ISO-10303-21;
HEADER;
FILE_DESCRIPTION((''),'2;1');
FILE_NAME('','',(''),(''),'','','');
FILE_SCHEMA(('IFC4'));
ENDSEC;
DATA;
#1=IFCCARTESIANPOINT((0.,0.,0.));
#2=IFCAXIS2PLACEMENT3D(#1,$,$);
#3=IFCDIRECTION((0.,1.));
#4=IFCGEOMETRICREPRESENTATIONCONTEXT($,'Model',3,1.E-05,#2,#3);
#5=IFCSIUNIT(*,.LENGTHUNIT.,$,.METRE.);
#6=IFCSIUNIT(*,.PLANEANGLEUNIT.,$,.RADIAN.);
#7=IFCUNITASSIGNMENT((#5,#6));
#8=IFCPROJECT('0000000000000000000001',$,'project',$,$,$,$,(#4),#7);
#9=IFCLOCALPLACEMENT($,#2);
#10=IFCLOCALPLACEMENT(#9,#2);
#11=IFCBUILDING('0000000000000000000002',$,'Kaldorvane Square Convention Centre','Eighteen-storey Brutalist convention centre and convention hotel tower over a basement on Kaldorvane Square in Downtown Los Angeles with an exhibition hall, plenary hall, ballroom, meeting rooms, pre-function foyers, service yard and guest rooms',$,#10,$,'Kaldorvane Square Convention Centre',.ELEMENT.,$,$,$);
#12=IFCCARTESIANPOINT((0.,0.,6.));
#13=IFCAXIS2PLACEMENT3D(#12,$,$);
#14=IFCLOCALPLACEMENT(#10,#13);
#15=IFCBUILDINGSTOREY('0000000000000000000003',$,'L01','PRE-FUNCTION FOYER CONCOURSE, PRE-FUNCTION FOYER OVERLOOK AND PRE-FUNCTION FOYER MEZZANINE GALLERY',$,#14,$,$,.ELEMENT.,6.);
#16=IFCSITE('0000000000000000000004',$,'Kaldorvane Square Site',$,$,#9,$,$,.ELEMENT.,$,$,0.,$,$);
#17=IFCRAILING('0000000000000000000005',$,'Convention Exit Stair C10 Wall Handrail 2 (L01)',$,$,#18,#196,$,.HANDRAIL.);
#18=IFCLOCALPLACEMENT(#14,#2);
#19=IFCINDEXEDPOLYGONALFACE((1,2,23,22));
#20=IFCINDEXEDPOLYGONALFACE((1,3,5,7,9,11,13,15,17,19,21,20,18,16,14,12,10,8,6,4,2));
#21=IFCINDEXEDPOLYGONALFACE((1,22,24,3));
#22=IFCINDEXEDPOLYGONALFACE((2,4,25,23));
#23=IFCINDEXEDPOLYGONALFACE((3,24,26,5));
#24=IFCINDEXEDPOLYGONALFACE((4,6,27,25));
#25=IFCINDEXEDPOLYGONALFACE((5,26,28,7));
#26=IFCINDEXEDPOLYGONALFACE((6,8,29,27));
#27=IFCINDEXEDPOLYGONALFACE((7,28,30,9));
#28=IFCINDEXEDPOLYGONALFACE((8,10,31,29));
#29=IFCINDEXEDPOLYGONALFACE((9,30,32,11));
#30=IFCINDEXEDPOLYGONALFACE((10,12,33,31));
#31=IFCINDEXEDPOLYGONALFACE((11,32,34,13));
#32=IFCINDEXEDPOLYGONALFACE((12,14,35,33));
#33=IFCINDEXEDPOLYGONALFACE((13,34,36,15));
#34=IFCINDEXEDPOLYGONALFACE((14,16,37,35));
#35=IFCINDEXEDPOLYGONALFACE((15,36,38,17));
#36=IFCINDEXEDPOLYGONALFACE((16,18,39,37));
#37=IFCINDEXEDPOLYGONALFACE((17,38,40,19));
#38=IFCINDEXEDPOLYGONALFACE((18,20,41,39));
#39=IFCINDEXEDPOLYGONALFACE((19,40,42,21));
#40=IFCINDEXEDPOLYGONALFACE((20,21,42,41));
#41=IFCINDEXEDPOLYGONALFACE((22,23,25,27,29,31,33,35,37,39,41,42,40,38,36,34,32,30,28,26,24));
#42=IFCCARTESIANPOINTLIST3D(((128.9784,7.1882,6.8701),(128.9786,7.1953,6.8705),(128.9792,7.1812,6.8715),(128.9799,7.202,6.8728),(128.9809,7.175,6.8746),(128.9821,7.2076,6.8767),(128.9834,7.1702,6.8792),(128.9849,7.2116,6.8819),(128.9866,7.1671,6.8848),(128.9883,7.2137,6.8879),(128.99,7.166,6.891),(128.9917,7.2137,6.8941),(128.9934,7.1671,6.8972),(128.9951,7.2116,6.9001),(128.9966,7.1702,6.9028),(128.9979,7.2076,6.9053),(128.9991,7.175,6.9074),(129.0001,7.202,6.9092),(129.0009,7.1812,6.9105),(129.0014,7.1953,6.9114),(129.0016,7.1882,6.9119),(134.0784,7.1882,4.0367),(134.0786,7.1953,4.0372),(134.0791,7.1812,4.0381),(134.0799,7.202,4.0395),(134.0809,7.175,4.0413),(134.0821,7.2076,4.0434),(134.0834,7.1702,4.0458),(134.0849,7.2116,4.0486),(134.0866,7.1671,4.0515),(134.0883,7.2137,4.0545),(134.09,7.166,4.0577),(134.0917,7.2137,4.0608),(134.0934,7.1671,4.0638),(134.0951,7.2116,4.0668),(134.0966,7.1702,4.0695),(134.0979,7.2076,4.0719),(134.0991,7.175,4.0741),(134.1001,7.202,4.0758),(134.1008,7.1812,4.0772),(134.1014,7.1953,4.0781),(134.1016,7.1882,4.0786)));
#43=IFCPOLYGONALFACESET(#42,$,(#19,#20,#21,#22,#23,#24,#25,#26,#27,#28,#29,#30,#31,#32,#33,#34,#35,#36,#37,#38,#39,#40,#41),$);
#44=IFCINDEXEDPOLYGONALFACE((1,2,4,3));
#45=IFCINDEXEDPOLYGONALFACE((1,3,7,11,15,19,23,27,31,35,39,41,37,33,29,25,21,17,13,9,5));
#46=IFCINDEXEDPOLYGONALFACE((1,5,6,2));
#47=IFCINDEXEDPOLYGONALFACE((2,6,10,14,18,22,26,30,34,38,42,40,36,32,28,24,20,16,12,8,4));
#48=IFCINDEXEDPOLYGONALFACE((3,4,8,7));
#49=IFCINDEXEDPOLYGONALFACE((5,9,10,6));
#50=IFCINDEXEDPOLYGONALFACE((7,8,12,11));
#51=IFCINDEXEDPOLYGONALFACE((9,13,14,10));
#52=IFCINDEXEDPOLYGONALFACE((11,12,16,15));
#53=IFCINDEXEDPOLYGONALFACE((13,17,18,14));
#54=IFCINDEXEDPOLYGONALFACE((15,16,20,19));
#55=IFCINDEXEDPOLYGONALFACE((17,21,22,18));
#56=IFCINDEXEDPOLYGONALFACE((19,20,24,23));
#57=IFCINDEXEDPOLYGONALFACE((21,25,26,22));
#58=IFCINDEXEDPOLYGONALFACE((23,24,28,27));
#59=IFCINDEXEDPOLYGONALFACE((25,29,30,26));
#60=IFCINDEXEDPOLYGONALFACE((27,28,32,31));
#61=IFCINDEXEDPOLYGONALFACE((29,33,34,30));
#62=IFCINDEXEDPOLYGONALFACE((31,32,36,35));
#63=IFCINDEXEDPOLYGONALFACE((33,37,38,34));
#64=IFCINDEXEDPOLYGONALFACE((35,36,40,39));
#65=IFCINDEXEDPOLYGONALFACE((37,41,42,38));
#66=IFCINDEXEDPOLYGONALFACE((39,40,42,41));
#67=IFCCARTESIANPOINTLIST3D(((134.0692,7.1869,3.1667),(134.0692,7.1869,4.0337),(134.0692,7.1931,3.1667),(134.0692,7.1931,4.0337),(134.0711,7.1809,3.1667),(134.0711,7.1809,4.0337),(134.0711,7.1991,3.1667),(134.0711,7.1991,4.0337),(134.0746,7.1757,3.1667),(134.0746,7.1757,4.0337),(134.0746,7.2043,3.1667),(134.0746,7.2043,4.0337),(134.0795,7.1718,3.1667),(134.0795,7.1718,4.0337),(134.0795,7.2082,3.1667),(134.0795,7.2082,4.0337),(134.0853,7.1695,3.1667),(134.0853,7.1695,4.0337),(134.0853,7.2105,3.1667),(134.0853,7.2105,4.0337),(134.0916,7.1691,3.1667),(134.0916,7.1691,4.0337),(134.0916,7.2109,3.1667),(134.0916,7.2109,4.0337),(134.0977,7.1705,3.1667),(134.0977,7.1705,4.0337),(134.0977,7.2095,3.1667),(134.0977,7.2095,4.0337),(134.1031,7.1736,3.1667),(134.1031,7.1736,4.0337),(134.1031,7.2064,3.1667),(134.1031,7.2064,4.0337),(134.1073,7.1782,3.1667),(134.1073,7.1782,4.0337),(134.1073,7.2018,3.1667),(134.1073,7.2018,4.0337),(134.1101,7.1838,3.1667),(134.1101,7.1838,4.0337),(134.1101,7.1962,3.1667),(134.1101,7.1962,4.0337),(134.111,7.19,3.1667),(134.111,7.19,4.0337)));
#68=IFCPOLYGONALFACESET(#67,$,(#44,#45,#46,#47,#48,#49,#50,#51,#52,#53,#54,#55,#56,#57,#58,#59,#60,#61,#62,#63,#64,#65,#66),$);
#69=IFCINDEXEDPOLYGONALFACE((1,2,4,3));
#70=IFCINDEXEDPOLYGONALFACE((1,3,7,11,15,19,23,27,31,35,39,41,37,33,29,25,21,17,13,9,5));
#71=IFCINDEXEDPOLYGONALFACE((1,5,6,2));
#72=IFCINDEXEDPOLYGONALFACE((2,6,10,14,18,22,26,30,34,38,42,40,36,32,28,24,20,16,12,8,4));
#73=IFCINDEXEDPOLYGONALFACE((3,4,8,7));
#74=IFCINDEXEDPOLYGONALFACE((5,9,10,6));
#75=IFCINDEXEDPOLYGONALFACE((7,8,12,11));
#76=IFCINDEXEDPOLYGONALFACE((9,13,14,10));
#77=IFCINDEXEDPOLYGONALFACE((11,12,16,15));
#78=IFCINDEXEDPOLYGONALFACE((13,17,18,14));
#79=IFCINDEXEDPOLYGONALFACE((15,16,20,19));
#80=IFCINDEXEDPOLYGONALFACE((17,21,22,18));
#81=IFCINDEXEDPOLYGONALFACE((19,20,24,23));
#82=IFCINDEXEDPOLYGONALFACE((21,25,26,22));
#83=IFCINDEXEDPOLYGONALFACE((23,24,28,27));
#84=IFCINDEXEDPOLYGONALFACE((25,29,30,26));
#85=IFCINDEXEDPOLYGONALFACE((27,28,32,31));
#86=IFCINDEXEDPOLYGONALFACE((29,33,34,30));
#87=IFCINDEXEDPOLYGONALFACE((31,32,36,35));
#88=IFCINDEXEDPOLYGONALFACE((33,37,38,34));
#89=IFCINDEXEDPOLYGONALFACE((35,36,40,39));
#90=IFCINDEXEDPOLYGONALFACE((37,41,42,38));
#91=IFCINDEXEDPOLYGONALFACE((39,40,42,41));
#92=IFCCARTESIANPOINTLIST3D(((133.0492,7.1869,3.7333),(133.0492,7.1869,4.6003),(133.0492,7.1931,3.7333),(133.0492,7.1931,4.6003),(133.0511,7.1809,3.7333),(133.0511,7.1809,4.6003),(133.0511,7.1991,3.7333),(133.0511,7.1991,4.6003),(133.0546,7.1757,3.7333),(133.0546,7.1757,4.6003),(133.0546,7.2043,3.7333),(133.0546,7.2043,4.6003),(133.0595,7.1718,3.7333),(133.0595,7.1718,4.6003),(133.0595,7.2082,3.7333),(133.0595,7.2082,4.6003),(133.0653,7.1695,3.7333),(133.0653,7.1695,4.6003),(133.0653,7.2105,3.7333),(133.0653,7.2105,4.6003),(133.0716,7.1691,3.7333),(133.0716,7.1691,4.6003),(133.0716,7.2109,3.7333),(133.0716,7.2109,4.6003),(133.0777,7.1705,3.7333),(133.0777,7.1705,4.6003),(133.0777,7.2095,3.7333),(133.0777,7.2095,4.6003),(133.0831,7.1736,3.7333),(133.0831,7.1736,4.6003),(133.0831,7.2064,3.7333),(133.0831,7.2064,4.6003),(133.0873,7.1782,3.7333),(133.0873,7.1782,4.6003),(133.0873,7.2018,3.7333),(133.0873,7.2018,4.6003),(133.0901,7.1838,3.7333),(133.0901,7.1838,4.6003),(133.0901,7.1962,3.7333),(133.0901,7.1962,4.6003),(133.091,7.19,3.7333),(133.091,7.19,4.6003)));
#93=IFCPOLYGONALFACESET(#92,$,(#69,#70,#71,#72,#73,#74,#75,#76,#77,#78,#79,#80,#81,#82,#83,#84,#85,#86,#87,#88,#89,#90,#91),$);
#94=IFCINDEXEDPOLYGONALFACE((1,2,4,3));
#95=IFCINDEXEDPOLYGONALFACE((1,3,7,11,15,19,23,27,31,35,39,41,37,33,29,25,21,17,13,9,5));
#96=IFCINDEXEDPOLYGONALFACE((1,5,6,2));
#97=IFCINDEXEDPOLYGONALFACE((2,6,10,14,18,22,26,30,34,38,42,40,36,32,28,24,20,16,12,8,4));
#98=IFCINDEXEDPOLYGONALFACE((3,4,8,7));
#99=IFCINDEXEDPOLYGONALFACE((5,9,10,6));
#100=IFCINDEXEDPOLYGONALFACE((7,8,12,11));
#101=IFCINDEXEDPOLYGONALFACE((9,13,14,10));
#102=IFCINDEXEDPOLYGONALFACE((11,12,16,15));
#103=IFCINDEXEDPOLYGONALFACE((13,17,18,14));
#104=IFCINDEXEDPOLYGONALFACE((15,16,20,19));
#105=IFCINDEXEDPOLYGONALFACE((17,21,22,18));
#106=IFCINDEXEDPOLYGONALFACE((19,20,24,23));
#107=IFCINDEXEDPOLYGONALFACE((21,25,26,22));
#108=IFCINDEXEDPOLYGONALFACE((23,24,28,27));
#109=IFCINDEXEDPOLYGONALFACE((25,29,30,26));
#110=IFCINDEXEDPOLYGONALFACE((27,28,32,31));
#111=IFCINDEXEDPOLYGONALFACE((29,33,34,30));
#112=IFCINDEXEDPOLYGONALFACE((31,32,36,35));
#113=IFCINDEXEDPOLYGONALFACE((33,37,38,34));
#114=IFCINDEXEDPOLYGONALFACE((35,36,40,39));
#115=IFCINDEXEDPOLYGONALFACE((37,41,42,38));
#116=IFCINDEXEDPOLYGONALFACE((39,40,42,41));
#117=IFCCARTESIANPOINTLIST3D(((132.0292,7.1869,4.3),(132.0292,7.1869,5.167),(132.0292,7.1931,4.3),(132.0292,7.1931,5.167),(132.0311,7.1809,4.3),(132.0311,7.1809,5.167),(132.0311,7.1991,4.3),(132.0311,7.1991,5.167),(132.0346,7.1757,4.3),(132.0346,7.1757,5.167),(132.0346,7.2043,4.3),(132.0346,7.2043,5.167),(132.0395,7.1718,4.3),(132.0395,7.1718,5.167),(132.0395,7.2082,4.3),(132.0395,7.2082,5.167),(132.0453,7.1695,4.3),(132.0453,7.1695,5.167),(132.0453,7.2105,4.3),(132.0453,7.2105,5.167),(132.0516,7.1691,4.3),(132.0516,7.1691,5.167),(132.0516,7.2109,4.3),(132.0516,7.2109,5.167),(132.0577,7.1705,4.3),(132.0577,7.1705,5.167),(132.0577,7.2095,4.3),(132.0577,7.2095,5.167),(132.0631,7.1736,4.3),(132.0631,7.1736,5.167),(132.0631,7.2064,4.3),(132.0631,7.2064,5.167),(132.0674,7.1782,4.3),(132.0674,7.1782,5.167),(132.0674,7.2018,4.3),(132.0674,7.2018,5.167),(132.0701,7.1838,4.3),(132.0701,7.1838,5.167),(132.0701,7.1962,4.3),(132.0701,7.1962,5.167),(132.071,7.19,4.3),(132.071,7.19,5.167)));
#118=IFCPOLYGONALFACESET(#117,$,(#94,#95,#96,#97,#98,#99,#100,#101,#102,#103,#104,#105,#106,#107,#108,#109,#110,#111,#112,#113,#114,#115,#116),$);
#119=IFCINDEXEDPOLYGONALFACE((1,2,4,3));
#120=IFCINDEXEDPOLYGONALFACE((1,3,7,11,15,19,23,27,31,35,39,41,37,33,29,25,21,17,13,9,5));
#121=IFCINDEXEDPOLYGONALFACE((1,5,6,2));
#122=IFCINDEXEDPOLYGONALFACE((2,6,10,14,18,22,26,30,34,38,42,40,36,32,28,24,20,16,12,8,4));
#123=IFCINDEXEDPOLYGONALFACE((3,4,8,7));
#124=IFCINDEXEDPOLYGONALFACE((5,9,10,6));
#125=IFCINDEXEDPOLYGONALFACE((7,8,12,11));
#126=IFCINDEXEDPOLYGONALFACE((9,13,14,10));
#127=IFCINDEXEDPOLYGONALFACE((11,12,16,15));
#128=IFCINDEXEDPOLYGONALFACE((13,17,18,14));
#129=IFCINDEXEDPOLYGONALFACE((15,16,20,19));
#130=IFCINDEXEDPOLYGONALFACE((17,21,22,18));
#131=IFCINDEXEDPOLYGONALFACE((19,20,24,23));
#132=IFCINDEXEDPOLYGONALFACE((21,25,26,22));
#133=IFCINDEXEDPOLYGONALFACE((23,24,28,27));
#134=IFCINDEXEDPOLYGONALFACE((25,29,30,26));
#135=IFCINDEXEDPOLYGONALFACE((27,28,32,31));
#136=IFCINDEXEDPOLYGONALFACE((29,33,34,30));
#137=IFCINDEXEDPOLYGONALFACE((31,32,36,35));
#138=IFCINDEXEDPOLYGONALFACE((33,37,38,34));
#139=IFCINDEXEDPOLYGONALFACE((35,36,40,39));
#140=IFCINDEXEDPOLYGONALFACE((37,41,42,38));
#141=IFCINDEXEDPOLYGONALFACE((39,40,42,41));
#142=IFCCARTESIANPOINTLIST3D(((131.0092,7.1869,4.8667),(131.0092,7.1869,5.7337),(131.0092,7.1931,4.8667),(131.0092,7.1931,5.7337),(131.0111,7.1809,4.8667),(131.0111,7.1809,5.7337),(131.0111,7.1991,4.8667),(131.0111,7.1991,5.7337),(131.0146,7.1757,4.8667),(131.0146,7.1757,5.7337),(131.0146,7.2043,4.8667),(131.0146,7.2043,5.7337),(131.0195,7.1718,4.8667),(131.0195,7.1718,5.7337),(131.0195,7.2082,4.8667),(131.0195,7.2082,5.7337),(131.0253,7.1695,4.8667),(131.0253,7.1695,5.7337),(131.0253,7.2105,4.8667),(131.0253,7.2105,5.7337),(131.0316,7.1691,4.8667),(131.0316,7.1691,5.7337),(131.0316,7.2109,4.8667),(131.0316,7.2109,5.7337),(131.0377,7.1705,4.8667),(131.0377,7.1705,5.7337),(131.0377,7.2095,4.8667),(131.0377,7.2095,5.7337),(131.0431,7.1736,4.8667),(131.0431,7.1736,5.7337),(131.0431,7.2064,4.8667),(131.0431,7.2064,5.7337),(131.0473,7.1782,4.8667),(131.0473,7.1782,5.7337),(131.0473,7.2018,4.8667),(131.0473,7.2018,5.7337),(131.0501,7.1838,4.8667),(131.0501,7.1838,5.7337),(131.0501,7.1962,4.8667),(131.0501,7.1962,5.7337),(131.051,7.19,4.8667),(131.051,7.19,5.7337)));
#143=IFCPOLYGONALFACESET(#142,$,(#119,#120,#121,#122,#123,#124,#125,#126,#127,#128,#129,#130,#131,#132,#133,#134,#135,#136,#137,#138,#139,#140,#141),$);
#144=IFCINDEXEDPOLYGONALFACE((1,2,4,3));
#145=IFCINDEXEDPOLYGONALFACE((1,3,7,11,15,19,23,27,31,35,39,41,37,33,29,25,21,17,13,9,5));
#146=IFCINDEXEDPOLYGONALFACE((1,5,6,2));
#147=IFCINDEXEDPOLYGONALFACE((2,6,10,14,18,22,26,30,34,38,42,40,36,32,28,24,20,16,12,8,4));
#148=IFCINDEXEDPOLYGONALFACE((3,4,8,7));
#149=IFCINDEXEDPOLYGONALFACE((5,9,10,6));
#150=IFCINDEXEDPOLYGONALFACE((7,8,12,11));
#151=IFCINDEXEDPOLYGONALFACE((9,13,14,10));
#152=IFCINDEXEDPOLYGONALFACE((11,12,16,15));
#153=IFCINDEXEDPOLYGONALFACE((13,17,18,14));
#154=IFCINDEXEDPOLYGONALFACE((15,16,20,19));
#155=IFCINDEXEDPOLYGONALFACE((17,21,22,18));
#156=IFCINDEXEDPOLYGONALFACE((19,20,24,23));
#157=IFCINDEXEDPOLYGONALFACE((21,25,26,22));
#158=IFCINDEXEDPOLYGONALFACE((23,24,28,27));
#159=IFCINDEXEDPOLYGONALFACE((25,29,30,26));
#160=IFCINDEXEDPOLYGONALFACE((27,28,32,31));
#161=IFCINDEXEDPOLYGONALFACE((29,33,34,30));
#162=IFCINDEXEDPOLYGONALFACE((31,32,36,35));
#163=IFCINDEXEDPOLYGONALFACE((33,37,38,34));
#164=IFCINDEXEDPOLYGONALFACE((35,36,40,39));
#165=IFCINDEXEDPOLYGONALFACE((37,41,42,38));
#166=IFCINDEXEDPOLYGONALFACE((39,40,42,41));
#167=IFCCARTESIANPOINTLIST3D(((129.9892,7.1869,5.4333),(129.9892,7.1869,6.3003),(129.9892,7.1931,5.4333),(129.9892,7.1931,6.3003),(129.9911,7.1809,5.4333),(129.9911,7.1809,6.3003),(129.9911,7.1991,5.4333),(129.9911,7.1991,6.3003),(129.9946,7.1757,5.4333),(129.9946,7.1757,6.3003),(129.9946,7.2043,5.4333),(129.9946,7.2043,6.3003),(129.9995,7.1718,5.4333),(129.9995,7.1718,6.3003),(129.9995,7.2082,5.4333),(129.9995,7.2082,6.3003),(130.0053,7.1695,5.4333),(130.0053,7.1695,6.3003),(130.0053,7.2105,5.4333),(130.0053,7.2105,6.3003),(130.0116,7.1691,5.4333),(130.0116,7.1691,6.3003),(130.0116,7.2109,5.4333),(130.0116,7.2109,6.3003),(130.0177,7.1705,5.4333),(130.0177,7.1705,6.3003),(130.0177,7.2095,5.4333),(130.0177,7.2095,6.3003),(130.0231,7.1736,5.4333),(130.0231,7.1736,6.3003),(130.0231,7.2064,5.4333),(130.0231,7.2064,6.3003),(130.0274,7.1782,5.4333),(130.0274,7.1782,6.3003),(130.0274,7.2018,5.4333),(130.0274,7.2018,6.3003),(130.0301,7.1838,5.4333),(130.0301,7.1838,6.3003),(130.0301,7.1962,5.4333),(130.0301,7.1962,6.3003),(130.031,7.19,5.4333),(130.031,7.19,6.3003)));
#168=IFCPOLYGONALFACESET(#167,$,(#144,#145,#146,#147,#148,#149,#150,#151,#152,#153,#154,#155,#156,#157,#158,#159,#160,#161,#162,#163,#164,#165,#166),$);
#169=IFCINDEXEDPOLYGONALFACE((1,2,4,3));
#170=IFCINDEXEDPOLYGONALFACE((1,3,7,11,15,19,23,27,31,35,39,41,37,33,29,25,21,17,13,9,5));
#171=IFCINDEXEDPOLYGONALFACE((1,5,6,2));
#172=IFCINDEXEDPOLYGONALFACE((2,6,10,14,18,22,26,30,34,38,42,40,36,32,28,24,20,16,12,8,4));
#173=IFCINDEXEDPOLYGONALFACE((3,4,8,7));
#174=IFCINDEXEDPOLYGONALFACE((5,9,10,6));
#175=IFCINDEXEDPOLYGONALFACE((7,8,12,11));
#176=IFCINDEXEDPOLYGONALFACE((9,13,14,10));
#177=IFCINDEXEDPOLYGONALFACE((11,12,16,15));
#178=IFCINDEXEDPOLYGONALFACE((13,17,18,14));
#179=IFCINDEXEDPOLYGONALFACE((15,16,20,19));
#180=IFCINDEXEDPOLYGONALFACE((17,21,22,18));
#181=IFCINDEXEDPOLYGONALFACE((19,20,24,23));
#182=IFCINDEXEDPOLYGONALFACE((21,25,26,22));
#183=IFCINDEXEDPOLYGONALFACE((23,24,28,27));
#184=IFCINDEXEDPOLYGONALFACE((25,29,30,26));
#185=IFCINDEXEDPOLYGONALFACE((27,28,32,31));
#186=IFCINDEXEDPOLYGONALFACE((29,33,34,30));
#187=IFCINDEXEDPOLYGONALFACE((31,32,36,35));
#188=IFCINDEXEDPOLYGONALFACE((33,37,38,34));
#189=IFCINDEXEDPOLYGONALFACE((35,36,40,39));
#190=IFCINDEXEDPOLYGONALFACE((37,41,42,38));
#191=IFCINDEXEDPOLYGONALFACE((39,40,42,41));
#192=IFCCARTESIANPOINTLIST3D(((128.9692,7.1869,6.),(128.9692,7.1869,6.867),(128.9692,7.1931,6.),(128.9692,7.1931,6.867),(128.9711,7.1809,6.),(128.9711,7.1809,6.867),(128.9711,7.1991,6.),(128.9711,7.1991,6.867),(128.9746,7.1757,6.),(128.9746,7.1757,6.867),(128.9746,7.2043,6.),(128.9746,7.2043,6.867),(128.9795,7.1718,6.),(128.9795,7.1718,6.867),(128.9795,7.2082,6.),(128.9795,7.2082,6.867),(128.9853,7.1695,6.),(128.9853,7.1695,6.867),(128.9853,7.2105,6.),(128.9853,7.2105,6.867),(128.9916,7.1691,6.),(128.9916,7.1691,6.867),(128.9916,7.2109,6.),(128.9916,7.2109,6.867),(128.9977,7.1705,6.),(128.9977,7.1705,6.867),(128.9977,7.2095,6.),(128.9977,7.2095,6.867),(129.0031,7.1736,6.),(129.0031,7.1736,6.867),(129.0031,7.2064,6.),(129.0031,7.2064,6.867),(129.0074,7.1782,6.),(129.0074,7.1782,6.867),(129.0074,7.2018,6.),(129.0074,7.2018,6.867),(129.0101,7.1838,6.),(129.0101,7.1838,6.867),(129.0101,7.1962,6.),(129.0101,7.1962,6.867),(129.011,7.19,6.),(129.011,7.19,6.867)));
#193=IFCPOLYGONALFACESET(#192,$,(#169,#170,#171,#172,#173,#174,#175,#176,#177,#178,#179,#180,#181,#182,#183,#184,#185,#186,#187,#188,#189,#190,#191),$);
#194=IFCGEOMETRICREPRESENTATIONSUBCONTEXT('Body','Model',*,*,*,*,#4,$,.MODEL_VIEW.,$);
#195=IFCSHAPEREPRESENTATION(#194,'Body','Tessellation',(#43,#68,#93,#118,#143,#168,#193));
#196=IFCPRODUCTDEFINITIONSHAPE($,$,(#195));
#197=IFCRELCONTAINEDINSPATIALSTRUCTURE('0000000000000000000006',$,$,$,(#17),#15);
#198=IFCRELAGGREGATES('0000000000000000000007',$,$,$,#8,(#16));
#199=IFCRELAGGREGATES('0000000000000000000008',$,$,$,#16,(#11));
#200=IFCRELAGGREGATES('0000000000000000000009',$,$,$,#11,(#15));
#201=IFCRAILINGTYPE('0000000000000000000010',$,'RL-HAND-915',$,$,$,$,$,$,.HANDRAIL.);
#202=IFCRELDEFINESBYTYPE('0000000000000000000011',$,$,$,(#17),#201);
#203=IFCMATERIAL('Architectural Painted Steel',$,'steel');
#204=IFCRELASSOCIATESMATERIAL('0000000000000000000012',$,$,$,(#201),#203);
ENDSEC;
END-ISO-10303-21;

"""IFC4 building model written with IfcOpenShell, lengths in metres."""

from ifc_helpers import new_model, si_unit, direction, frame, origin, origin_2d, place, context, subcontext, project, spatial, circle, extrude, material, type_object, element, save


model = new_model("IFC4")

# Units and contexts
model_context = context("Model", 3, precision=1e-05, world=origin(), true_north=direction((0.0, 1.0)))
body_context = subcontext(model_context, "Body", "Model", "MODEL_VIEW")
ifc_project = project(units=[si_unit("LENGTHUNIT", "METRE"), si_unit("PLANEANGLEUNIT", "RADIAN")], contexts=[model_context])

# Site, building, storey
site_placement = place(None, origin())
site = spatial("IfcSite", under=ifc_project, at=site_placement, Name="Kaldorvane Square Site", CompositionType="ELEMENT", RefElevation=0.0)
building_placement = place(site_placement, origin())
building = spatial("IfcBuilding", under=site, at=building_placement, Name="Kaldorvane Square Convention Centre", Description="Eighteen-storey Brutalist convention centre and convention hotel tower over a basement on Kaldorvane Square in Downtown Los Angeles with an exhibition hall, plenary hall, ballroom, meeting rooms, pre-function foyers, service yard and guest rooms", LongName="Kaldorvane Square Convention Centre", CompositionType="ELEMENT")
storey_placement = place(building_placement, frame((0.0, 0.0, 6.0)))
storey = spatial("IfcBuildingStorey", under=building, at=storey_placement, Name="L01", Description="PRE-FUNCTION FOYER CONCOURSE, PRE-FUNCTION FOYER OVERLOOK AND PRE-FUNCTION FOYER MEZZANINE GALLERY", CompositionType="ELEMENT", Elevation=6.0)

# Railing
ifc_material_1 = material(Name="Architectural Painted Steel", Category="steel")
railing_type_1 = type_object("IfcRailingType", Name="RL-HAND-915", PredefinedType="HANDRAIL", material=ifc_material_1)
railing_1_placement = place(storey_placement, frame((134.09, 7.19, 3.1667)))
element("IfcRailing", 1, at=railing_1_placement, inside=storey, type_object=railing_type_1, Name="Convention Exit Stair C10 Wall Handrail 2 (L01)", PredefinedType="HANDRAIL", context=body_context, shape_type="SweptSolid", body=[
    extrude(circle(Radius=0.024, at=origin_2d()), frame((0.0, 0.0, 0.891), z_axis=(-0.874157, 0.0, 0.485643), x_axis=(0.0, -1.0, 0.0)), (0.0, 0.0, 1.0), 5.8342),
    extrude(circle(Radius=0.021, at=origin_2d()), origin(), (0.0, 0.0, 1.0), 0.867),
    extrude(circle(Radius=0.021, at=origin_2d()), frame((-1.02, 0.0, 0.5667)), (0.0, 0.0, 1.0), 0.867),
    extrude(circle(Radius=0.021, at=origin_2d()), frame((-2.04, 0.0, 1.1333)), (0.0, 0.0, 1.0), 0.867),
    extrude(circle(Radius=0.021, at=origin_2d()), frame((-3.06, 0.0, 1.7)), (0.0, 0.0, 1.0), 0.867),
    extrude(circle(Radius=0.021, at=origin_2d()), frame((-4.08, 0.0, 2.2667)), (0.0, 0.0, 1.0), 0.867),
    extrude(circle(Radius=0.021, at=origin_2d()), frame((-5.1, 0.0, 2.8333)), (0.0, 0.0, 1.0), 0.867),
])

save(model, "model.ifc")
